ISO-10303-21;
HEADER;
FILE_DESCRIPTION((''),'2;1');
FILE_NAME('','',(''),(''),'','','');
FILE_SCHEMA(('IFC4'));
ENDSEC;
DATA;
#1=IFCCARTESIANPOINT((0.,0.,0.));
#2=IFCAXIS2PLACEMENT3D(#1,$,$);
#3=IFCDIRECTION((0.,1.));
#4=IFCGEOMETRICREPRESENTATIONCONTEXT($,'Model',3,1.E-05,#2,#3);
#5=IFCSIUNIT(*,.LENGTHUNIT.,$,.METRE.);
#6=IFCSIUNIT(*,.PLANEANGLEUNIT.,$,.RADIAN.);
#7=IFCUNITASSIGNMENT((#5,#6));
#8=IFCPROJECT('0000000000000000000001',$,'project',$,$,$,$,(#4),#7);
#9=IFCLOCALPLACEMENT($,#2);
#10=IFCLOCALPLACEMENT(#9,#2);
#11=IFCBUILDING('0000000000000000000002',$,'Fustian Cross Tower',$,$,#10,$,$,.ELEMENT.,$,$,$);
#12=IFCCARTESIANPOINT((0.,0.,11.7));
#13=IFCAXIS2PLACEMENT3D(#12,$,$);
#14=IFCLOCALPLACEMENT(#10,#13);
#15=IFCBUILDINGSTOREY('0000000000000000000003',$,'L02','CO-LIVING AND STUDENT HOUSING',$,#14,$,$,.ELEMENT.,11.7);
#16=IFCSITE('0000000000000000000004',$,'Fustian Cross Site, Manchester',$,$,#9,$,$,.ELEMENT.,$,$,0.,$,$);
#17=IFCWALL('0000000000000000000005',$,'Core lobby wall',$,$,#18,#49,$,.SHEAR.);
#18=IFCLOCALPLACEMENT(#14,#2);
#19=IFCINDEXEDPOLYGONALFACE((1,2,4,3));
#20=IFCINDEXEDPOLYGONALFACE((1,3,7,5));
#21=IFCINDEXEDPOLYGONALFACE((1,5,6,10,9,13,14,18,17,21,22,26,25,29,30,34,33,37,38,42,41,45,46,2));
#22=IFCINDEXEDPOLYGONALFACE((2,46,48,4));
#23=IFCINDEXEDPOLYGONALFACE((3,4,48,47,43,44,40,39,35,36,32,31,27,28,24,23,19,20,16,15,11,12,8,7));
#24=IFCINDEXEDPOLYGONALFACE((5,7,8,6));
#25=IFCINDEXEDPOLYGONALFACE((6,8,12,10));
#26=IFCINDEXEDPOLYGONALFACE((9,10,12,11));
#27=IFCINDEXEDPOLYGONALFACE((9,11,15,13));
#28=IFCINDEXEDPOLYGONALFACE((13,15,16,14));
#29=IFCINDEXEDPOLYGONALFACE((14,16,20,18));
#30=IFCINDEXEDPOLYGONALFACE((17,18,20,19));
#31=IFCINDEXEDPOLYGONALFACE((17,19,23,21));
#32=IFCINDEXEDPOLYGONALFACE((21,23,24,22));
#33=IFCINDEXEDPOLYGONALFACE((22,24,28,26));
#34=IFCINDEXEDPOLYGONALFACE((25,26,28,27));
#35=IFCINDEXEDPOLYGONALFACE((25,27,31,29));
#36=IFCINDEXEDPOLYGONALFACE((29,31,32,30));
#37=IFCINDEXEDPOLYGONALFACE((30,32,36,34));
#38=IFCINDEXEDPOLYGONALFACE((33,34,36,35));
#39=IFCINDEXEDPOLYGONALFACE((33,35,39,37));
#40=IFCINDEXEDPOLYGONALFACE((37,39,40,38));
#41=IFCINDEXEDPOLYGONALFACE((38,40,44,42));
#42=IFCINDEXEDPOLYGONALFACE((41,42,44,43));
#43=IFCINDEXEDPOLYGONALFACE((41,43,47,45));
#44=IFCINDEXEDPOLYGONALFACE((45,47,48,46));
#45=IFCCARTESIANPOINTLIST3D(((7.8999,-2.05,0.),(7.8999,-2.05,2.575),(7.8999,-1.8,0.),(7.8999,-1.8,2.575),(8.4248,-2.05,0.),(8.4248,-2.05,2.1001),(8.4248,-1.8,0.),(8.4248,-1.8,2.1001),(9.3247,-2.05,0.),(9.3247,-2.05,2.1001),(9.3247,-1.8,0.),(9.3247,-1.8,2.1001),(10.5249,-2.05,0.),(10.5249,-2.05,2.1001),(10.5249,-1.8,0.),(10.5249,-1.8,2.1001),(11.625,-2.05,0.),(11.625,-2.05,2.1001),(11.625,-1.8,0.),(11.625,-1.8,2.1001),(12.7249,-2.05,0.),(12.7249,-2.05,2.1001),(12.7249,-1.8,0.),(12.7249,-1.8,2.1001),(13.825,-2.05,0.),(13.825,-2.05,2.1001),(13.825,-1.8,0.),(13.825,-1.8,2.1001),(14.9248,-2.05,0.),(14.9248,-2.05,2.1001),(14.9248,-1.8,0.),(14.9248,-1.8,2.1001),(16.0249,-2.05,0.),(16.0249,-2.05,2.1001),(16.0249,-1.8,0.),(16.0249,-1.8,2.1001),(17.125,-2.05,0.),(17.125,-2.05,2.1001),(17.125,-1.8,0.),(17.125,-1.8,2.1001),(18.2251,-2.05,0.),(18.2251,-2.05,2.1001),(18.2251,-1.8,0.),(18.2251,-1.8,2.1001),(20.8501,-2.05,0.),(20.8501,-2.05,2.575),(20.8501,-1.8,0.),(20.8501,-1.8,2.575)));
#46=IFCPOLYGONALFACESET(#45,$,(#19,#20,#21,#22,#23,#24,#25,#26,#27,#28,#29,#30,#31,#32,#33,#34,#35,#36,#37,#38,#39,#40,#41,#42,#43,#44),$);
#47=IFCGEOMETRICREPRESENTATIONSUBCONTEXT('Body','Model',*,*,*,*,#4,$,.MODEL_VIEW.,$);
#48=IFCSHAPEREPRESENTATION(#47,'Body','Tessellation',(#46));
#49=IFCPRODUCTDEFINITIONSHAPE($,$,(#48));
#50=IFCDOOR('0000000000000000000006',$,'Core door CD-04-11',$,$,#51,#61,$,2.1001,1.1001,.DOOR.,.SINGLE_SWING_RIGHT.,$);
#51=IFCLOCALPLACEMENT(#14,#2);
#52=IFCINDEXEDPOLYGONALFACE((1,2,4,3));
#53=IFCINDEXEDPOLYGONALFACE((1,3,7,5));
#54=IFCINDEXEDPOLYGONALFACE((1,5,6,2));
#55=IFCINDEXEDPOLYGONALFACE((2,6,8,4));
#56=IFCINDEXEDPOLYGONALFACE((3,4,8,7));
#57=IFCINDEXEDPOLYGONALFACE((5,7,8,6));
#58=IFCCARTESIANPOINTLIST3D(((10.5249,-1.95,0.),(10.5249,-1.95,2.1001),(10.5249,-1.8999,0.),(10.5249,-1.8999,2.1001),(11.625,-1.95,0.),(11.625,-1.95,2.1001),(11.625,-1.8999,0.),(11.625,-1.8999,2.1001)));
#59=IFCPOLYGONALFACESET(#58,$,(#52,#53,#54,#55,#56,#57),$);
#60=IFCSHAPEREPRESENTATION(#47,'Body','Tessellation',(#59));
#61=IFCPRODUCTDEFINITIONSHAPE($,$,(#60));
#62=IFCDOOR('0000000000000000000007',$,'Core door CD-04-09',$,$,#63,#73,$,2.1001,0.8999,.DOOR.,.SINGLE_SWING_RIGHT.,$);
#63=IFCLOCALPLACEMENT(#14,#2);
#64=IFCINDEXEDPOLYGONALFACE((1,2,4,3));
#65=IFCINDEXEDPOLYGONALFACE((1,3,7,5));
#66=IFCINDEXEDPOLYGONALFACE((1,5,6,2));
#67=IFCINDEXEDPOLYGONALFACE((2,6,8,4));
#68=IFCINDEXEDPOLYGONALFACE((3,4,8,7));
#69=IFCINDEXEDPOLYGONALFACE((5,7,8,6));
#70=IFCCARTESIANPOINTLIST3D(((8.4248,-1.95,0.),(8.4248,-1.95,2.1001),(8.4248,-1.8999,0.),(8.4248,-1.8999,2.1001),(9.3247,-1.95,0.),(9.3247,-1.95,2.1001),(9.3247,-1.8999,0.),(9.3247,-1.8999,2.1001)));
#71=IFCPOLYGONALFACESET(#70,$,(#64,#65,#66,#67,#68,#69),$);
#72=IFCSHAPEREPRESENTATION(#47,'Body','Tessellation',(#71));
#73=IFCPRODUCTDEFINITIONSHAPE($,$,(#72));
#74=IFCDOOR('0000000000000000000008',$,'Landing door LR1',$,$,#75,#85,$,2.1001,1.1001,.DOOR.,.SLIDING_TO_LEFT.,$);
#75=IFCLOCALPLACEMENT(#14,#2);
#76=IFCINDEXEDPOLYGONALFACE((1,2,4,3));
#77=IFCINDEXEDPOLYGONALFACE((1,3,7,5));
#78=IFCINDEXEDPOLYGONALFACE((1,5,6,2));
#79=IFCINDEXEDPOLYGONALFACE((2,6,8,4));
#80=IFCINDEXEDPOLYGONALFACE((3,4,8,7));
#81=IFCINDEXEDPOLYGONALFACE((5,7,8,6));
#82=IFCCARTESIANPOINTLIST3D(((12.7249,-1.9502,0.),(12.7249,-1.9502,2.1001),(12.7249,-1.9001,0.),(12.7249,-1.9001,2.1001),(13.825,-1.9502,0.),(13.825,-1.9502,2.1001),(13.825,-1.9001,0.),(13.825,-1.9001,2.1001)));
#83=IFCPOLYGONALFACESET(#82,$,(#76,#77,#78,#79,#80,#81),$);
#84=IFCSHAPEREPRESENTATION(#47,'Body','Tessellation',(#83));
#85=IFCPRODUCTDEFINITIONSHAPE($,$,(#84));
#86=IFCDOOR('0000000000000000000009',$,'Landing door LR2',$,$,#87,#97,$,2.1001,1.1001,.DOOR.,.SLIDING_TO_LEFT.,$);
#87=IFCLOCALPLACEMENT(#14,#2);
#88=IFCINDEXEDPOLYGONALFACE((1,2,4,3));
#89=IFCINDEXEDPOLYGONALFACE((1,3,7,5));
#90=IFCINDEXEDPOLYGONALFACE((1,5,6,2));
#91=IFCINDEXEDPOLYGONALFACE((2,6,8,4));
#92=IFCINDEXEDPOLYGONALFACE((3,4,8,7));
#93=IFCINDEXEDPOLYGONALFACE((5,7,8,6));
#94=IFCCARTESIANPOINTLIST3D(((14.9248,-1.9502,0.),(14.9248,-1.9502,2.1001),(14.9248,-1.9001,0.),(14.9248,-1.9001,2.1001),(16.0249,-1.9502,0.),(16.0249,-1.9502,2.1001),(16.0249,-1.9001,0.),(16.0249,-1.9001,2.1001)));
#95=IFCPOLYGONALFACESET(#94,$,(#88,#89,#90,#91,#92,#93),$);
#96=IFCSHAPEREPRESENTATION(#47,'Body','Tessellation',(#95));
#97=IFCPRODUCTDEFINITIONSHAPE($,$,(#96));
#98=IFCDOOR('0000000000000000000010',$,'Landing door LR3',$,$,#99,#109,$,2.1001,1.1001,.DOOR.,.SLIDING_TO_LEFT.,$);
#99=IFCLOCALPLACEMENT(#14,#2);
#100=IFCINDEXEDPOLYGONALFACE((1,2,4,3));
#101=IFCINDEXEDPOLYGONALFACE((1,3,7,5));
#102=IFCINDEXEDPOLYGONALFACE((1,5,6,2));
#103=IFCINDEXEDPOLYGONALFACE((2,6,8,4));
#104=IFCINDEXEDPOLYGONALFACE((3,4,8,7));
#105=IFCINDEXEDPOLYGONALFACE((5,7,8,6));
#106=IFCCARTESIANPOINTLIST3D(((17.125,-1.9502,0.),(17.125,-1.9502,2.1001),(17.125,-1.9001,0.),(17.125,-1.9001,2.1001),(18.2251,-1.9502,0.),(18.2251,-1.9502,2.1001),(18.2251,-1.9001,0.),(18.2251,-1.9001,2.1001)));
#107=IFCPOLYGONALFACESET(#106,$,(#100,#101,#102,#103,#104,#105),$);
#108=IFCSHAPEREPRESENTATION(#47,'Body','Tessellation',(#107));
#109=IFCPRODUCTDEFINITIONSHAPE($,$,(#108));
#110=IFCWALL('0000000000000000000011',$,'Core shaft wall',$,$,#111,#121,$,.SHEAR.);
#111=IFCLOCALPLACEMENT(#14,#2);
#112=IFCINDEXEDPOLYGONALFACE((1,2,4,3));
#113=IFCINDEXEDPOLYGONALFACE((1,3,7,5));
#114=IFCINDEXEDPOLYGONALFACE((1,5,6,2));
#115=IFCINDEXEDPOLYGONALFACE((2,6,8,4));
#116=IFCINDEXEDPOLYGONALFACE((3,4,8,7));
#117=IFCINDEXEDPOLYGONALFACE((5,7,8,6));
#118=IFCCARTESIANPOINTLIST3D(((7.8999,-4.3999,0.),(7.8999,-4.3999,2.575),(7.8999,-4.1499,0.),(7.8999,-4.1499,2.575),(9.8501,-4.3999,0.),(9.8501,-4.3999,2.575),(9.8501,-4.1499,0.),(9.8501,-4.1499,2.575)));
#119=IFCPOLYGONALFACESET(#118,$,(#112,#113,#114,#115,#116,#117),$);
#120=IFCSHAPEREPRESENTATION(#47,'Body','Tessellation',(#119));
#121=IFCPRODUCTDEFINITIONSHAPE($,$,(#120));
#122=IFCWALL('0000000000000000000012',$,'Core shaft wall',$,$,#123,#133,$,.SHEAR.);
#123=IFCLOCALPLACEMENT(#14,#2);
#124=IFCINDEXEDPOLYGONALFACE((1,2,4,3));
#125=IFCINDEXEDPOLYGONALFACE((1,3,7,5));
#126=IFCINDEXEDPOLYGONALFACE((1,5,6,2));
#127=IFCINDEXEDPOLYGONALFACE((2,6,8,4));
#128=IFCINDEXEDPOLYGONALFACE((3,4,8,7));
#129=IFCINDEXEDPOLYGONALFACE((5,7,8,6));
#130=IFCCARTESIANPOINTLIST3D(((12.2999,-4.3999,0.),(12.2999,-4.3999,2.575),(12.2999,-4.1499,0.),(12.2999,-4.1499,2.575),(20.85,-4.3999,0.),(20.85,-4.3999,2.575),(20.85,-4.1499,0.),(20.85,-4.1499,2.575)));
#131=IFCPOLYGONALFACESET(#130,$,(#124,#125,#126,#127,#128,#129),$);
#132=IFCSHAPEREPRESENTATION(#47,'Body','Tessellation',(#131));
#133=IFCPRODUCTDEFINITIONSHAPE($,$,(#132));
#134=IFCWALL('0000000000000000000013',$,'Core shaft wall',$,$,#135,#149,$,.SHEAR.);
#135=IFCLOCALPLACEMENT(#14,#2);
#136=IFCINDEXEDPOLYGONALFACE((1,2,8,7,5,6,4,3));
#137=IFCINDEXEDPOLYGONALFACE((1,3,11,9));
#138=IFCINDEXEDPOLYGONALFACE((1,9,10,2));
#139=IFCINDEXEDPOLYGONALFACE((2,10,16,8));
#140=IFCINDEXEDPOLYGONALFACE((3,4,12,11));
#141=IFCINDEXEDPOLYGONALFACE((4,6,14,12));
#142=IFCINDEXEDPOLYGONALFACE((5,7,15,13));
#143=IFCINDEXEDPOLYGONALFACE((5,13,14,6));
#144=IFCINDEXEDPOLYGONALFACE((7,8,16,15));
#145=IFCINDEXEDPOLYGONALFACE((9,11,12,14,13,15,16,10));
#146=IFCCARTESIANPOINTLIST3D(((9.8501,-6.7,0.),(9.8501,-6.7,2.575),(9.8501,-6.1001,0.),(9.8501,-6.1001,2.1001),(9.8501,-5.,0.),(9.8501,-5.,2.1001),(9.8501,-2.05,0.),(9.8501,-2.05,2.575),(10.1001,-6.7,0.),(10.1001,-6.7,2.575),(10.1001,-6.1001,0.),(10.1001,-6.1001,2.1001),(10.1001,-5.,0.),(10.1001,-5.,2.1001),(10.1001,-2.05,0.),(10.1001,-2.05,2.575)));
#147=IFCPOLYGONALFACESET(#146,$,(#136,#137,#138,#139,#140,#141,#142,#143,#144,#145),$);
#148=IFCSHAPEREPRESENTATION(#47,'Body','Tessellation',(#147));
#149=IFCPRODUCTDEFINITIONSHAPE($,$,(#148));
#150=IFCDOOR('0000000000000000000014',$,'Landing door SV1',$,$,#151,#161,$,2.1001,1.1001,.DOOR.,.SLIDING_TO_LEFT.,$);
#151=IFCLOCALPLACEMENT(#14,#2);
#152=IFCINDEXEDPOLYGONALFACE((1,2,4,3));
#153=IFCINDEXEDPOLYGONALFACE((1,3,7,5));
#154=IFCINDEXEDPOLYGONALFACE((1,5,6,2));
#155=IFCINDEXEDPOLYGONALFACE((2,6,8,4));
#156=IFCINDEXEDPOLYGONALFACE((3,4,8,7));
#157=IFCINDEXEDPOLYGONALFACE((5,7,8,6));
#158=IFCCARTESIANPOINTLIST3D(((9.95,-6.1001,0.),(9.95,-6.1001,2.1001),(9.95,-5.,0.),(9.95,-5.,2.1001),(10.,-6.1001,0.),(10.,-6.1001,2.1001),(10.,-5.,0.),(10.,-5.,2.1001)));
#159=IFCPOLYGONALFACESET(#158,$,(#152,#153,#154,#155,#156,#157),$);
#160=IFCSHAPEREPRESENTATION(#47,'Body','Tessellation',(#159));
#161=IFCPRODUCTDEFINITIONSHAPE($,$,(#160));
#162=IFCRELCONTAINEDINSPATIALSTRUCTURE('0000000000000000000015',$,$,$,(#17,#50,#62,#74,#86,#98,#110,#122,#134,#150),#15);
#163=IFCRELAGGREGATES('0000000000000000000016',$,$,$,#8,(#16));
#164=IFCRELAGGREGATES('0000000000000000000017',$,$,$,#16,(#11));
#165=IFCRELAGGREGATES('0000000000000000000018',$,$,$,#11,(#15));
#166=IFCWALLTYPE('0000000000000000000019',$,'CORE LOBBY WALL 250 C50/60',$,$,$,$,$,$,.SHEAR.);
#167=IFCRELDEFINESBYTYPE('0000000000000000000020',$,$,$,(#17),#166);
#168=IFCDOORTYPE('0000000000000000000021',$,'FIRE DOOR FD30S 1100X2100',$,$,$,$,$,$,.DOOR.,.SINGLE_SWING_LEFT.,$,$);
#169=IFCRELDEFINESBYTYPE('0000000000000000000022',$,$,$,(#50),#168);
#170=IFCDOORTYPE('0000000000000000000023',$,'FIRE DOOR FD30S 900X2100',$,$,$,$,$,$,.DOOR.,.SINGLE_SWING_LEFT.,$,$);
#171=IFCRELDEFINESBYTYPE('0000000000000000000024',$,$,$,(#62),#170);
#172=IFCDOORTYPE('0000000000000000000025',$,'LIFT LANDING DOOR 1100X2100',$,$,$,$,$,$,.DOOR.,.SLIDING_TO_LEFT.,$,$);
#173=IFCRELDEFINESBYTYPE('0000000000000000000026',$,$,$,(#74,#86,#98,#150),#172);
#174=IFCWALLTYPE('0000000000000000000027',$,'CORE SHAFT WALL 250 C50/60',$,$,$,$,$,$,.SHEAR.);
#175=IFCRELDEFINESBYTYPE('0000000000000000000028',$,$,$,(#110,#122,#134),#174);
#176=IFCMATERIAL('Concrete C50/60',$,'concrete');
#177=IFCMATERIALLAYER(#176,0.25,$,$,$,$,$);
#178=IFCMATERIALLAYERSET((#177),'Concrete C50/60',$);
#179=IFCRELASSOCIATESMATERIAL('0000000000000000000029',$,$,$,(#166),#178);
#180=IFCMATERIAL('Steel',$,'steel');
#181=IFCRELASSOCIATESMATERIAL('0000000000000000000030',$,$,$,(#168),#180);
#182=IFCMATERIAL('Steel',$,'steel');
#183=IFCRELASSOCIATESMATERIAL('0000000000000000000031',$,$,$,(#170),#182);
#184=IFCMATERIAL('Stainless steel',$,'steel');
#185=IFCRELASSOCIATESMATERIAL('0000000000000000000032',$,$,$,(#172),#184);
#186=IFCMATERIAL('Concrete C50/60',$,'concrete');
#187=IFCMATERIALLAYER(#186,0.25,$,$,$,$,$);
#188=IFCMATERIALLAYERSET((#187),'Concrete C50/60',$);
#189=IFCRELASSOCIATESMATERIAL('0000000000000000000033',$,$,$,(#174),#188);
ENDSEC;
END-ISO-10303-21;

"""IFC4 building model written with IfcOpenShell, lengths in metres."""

from ifc_helpers import new_model, si_unit, direction, frame, frame_2d, origin, place, context, subcontext, project, spatial, rectangle, extrude, material, layer, layer_set, type_object, element, fill, save


model = new_model("IFC4")

# Units and contexts
model_context = context("Model", 3, precision=1e-05, world=origin(), true_north=direction((0.0, 1.0)))
body_context = subcontext(model_context, "Body", "Model", "MODEL_VIEW")
ifc_project = project(units=[si_unit("LENGTHUNIT", "METRE"), si_unit("PLANEANGLEUNIT", "RADIAN")], contexts=[model_context])

# Site, building, storey
site_placement = place(None, origin())
site = spatial("IfcSite", under=ifc_project, at=site_placement, Name="Fustian Cross Site, Manchester", CompositionType="ELEMENT", RefElevation=0.0)
building_placement = place(site_placement, origin())
building = spatial("IfcBuilding", under=site, at=building_placement, Name="Fustian Cross Tower", CompositionType="ELEMENT")
storey_placement = place(building_placement, frame((0.0, 0.0, 11.7)))
storey = spatial("IfcBuildingStorey", under=building, at=storey_placement, Name="L02", Description="CO-LIVING AND STUDENT HOUSING", CompositionType="ELEMENT", Elevation=11.7)

# Wall, openings, doors
ifc_material_1 = material(Name="Concrete C50/60", Category="concrete")
ifc_layer_1 = layer(ifc_material_1, 0.25)
ifc_layer_set_1 = layer_set([ifc_layer_1], Name="Concrete C50/60")
wall_type_1 = type_object("IfcWallType", Name="CORE LOBBY WALL 250 C50/60", PredefinedType="SHEAR", material=ifc_layer_set_1)
wall_1_placement = place(storey_placement, frame((7.8999, -1.925, 0.0), z_axis=(0.0, 0.0, 1.0), x_axis=(1.0, 0.0, 0.0)))
wall_1 = element("IfcWall", 1, at=wall_1_placement, inside=storey, type_object=wall_type_1, Name="Core lobby wall", PredefinedType="SHEAR", context=body_context, shape_type="SweptSolid", body=[
    extrude(rectangle(XDim=12.9502, YDim=0.25, at=frame_2d((6.4751, 0.0))), origin(), (0.0, 0.0, 1.0), 2.575),
])
opening_1_placement = place(wall_1_placement, frame((4.825, 0.0, 0.0)))
opening_1 = element("IfcOpeningElement", 2, at=opening_1_placement, cuts=wall_1, PredefinedType="OPENING", context=body_context, shape_type="SweptSolid", body=[
    extrude(rectangle(XDim=1.1001, YDim=2.1001, at=frame_2d((0.55, 1.05))), frame((0.0, 0.135, 0.0), z_axis=(0.0, -1.0, 0.0), x_axis=(1.0, 0.0, 0.0)), (0.0, 0.0, 1.0), 0.27),
])
opening_2_placement = place(wall_1_placement, frame((7.0249, 0.0, 0.0)))
opening_2 = element("IfcOpeningElement", 3, at=opening_2_placement, cuts=wall_1, PredefinedType="OPENING", context=body_context, shape_type="SweptSolid", body=[
    extrude(rectangle(XDim=1.1001, YDim=2.1001, at=frame_2d((0.55, 1.05))), frame((0.0, 0.135, 0.0), z_axis=(0.0, -1.0, 0.0), x_axis=(1.0, 0.0, 0.0)), (0.0, 0.0, 1.0), 0.27),
])
opening_3_placement = place(wall_1_placement, frame((9.2251, 0.0, 0.0)))
opening_3 = element("IfcOpeningElement", 4, at=opening_3_placement, cuts=wall_1, PredefinedType="OPENING", context=body_context, shape_type="SweptSolid", body=[
    extrude(rectangle(XDim=1.1001, YDim=2.1001, at=frame_2d((0.55, 1.05))), frame((0.0, 0.135, 0.0), z_axis=(0.0, -1.0, 0.0), x_axis=(1.0, 0.0, 0.0)), (0.0, 0.0, 1.0), 0.27),
])
opening_4_placement = place(wall_1_placement, frame((0.5249, 0.0, 0.0)))
opening_4 = element("IfcOpeningElement", 5, at=opening_4_placement, cuts=wall_1, PredefinedType="OPENING", context=body_context, shape_type="SweptSolid", body=[
    extrude(rectangle(XDim=0.8999, YDim=2.1001, at=frame_2d((0.45, 1.05))), frame((0.0, 0.135, 0.0), z_axis=(0.0, -1.0, 0.0), x_axis=(1.0, 0.0, 0.0)), (0.0, 0.0, 1.0), 0.27),
])
opening_5_placement = place(wall_1_placement, frame((2.625, 0.0, 0.0)))
opening_5 = element("IfcOpeningElement", 6, at=opening_5_placement, cuts=wall_1, PredefinedType="OPENING", context=body_context, shape_type="SweptSolid", body=[
    extrude(rectangle(XDim=1.1001, YDim=2.1001, at=frame_2d((0.55, 1.05))), frame((0.0, 0.135, 0.0), z_axis=(0.0, -1.0, 0.0), x_axis=(1.0, 0.0, 0.0)), (0.0, 0.0, 1.0), 0.27),
])
ifc_material_2 = material(Name="Steel", Category="steel")
door_type_1 = type_object("IfcDoorType", Name="FIRE DOOR FD30S 1100X2100", OperationType="SINGLE_SWING_LEFT", PredefinedType="DOOR", material=ifc_material_2)
door_1_placement = place(opening_5_placement, frame((1.1001, 0.0, 0.0), z_axis=(0.0, 0.0, 1.0), x_axis=(-1.0, 0.0, 0.0)))
door_1 = element("IfcDoor", 7, at=door_1_placement, inside=storey, type_object=door_type_1, Name="Core door CD-04-11", OperationType="SINGLE_SWING_RIGHT", OverallHeight=2.1001, OverallWidth=1.1001, PredefinedType="DOOR", context=body_context, shape_type="SweptSolid", body=[
    extrude(rectangle(XDim=1.1001, YDim=2.1001, at=frame_2d((0.55, 1.05))), frame((0.0, 0.0249, 0.0), z_axis=(0.0, -1.0, 0.0), x_axis=(1.0, 0.0, 0.0)), (0.0, 0.0, 1.0), 0.05),
])
fill(opening_5, door_1)
ifc_material_3 = material(Name="Steel", Category="steel")
door_type_2 = type_object("IfcDoorType", Name="FIRE DOOR FD30S 900X2100", OperationType="SINGLE_SWING_LEFT", PredefinedType="DOOR", material=ifc_material_3)
door_2_placement = place(opening_4_placement, frame((0.8999, 0.0, 0.0), z_axis=(0.0, 0.0, 1.0), x_axis=(-1.0, 0.0, 0.0)))
door_2 = element("IfcDoor", 8, at=door_2_placement, inside=storey, type_object=door_type_2, Name="Core door CD-04-09", OperationType="SINGLE_SWING_RIGHT", OverallHeight=2.1001, OverallWidth=0.8999, PredefinedType="DOOR", context=body_context, shape_type="SweptSolid", body=[
    extrude(rectangle(XDim=0.8999, YDim=2.1001, at=frame_2d((0.45, 1.05))), frame((0.0, 0.0249, 0.0), z_axis=(0.0, -1.0, 0.0), x_axis=(1.0, 0.0, 0.0)), (0.0, 0.0, 1.0), 0.05),
])
fill(opening_4, door_2)
ifc_material_4 = material(Name="Stainless steel", Category="steel")
door_type_3 = type_object("IfcDoorType", Name="LIFT LANDING DOOR 1100X2100", OperationType="SLIDING_TO_LEFT", PredefinedType="DOOR", material=ifc_material_4)
door_3_placement = place(opening_1_placement, origin())
door_3 = element("IfcDoor", 9, at=door_3_placement, inside=storey, type_object=door_type_3, Name="Landing door LR1", OperationType="SLIDING_TO_LEFT", OverallHeight=2.1001, OverallWidth=1.1001, PredefinedType="DOOR", context=body_context, shape_type="SweptSolid", body=[
    extrude(rectangle(XDim=1.1001, YDim=2.1001, at=frame_2d((0.55, 1.05))), frame((0.0, 0.0249, 0.0), z_axis=(0.0, -1.0, 0.0), x_axis=(1.0, 0.0, 0.0)), (0.0, 0.0, 1.0), 0.05),
])
fill(opening_1, door_3)
door_4_placement = place(opening_2_placement, origin())
door_4 = element("IfcDoor", 10, at=door_4_placement, inside=storey, type_object=door_type_3, Name="Landing door LR2", OperationType="SLIDING_TO_LEFT", OverallHeight=2.1001, OverallWidth=1.1001, PredefinedType="DOOR", context=body_context, shape_type="SweptSolid", body=[
    extrude(rectangle(XDim=1.1001, YDim=2.1001, at=frame_2d((0.55, 1.05))), frame((0.0, 0.0249, 0.0), z_axis=(0.0, -1.0, 0.0), x_axis=(1.0, 0.0, 0.0)), (0.0, 0.0, 1.0), 0.05),
])
fill(opening_2, door_4)
door_5_placement = place(opening_3_placement, origin())
door_5 = element("IfcDoor", 11, at=door_5_placement, inside=storey, type_object=door_type_3, Name="Landing door LR3", OperationType="SLIDING_TO_LEFT", OverallHeight=2.1001, OverallWidth=1.1001, PredefinedType="DOOR", context=body_context, shape_type="SweptSolid", body=[
    extrude(rectangle(XDim=1.1001, YDim=2.1001, at=frame_2d((0.55, 1.05))), frame((0.0, 0.0249, 0.0), z_axis=(0.0, -1.0, 0.0), x_axis=(1.0, 0.0, 0.0)), (0.0, 0.0, 1.0), 0.05),
])
fill(opening_3, door_5)

# Walls
ifc_material_5 = material(Name="Concrete C50/60", Category="concrete")
ifc_layer_2 = layer(ifc_material_5, 0.25)
ifc_layer_set_2 = layer_set([ifc_layer_2], Name="Concrete C50/60")
wall_type_2 = type_object("IfcWallType", Name="CORE SHAFT WALL 250 C50/60", PredefinedType="SHEAR", material=ifc_layer_set_2)
wall_2_placement = place(storey_placement, frame((7.8999, -4.2749, 0.0), z_axis=(0.0, 0.0, 1.0), x_axis=(1.0, 0.0, 0.0)))
element("IfcWall", 12, at=wall_2_placement, inside=storey, type_object=wall_type_2, Name="Core shaft wall", PredefinedType="SHEAR", context=body_context, shape_type="SweptSolid", body=[
    extrude(rectangle(XDim=1.9502, YDim=0.25, at=frame_2d((0.9751, 0.0))), origin(), (0.0, 0.0, 1.0), 2.575),
])
wall_3_placement = place(storey_placement, frame((12.3, -4.2749, 0.0), z_axis=(0.0, 0.0, 1.0), x_axis=(1.0, 0.0, 0.0)))
element("IfcWall", 13, at=wall_3_placement, inside=storey, type_object=wall_type_2, Name="Core shaft wall", PredefinedType="SHEAR", context=body_context, shape_type="SweptSolid", body=[
    extrude(rectangle(XDim=8.55, YDim=0.25, at=frame_2d((4.2749, 0.0))), origin(), (0.0, 0.0, 1.0), 2.575),
])

# Wall, opening, door
wall_4_placement = place(storey_placement, frame((9.9751, -2.05, 0.0), z_axis=(0.0, 0.0, 1.0), x_axis=(0.0, -1.0, 0.0)))
wall_4 = element("IfcWall", 14, at=wall_4_placement, inside=storey, type_object=wall_type_2, Name="Core shaft wall", PredefinedType="SHEAR", context=body_context, shape_type="SweptSolid", body=[
    extrude(rectangle(XDim=4.6499, YDim=0.25, at=frame_2d((2.325, 0.0))), origin(), (0.0, 0.0, 1.0), 2.575),
])
opening_6_placement = place(wall_4_placement, frame((2.95, 0.0, 0.0)))
opening_6 = element("IfcOpeningElement", 15, at=opening_6_placement, cuts=wall_4, PredefinedType="OPENING", context=body_context, shape_type="SweptSolid", body=[
    extrude(rectangle(XDim=1.1001, YDim=2.1001, at=frame_2d((0.55, 1.05))), frame((0.0, 0.135, 0.0), z_axis=(0.0, -1.0, 0.0), x_axis=(1.0, 0.0, 0.0)), (0.0, 0.0, 1.0), 0.27),
])
door_6_placement = place(opening_6_placement, origin())
door_6 = element("IfcDoor", 16, at=door_6_placement, inside=storey, type_object=door_type_3, Name="Landing door SV1", OperationType="SLIDING_TO_LEFT", OverallHeight=2.1001, OverallWidth=1.1001, PredefinedType="DOOR", context=body_context, shape_type="SweptSolid", body=[
    extrude(rectangle(XDim=1.1001, YDim=2.1001, at=frame_2d((0.55, 1.05))), frame((0.0, 0.0249, 0.0), z_axis=(0.0, -1.0, 0.0), x_axis=(1.0, 0.0, 0.0)), (0.0, 0.0, 1.0), 0.05),
])
fill(opening_6, door_6)

save(model, "model.ifc")
